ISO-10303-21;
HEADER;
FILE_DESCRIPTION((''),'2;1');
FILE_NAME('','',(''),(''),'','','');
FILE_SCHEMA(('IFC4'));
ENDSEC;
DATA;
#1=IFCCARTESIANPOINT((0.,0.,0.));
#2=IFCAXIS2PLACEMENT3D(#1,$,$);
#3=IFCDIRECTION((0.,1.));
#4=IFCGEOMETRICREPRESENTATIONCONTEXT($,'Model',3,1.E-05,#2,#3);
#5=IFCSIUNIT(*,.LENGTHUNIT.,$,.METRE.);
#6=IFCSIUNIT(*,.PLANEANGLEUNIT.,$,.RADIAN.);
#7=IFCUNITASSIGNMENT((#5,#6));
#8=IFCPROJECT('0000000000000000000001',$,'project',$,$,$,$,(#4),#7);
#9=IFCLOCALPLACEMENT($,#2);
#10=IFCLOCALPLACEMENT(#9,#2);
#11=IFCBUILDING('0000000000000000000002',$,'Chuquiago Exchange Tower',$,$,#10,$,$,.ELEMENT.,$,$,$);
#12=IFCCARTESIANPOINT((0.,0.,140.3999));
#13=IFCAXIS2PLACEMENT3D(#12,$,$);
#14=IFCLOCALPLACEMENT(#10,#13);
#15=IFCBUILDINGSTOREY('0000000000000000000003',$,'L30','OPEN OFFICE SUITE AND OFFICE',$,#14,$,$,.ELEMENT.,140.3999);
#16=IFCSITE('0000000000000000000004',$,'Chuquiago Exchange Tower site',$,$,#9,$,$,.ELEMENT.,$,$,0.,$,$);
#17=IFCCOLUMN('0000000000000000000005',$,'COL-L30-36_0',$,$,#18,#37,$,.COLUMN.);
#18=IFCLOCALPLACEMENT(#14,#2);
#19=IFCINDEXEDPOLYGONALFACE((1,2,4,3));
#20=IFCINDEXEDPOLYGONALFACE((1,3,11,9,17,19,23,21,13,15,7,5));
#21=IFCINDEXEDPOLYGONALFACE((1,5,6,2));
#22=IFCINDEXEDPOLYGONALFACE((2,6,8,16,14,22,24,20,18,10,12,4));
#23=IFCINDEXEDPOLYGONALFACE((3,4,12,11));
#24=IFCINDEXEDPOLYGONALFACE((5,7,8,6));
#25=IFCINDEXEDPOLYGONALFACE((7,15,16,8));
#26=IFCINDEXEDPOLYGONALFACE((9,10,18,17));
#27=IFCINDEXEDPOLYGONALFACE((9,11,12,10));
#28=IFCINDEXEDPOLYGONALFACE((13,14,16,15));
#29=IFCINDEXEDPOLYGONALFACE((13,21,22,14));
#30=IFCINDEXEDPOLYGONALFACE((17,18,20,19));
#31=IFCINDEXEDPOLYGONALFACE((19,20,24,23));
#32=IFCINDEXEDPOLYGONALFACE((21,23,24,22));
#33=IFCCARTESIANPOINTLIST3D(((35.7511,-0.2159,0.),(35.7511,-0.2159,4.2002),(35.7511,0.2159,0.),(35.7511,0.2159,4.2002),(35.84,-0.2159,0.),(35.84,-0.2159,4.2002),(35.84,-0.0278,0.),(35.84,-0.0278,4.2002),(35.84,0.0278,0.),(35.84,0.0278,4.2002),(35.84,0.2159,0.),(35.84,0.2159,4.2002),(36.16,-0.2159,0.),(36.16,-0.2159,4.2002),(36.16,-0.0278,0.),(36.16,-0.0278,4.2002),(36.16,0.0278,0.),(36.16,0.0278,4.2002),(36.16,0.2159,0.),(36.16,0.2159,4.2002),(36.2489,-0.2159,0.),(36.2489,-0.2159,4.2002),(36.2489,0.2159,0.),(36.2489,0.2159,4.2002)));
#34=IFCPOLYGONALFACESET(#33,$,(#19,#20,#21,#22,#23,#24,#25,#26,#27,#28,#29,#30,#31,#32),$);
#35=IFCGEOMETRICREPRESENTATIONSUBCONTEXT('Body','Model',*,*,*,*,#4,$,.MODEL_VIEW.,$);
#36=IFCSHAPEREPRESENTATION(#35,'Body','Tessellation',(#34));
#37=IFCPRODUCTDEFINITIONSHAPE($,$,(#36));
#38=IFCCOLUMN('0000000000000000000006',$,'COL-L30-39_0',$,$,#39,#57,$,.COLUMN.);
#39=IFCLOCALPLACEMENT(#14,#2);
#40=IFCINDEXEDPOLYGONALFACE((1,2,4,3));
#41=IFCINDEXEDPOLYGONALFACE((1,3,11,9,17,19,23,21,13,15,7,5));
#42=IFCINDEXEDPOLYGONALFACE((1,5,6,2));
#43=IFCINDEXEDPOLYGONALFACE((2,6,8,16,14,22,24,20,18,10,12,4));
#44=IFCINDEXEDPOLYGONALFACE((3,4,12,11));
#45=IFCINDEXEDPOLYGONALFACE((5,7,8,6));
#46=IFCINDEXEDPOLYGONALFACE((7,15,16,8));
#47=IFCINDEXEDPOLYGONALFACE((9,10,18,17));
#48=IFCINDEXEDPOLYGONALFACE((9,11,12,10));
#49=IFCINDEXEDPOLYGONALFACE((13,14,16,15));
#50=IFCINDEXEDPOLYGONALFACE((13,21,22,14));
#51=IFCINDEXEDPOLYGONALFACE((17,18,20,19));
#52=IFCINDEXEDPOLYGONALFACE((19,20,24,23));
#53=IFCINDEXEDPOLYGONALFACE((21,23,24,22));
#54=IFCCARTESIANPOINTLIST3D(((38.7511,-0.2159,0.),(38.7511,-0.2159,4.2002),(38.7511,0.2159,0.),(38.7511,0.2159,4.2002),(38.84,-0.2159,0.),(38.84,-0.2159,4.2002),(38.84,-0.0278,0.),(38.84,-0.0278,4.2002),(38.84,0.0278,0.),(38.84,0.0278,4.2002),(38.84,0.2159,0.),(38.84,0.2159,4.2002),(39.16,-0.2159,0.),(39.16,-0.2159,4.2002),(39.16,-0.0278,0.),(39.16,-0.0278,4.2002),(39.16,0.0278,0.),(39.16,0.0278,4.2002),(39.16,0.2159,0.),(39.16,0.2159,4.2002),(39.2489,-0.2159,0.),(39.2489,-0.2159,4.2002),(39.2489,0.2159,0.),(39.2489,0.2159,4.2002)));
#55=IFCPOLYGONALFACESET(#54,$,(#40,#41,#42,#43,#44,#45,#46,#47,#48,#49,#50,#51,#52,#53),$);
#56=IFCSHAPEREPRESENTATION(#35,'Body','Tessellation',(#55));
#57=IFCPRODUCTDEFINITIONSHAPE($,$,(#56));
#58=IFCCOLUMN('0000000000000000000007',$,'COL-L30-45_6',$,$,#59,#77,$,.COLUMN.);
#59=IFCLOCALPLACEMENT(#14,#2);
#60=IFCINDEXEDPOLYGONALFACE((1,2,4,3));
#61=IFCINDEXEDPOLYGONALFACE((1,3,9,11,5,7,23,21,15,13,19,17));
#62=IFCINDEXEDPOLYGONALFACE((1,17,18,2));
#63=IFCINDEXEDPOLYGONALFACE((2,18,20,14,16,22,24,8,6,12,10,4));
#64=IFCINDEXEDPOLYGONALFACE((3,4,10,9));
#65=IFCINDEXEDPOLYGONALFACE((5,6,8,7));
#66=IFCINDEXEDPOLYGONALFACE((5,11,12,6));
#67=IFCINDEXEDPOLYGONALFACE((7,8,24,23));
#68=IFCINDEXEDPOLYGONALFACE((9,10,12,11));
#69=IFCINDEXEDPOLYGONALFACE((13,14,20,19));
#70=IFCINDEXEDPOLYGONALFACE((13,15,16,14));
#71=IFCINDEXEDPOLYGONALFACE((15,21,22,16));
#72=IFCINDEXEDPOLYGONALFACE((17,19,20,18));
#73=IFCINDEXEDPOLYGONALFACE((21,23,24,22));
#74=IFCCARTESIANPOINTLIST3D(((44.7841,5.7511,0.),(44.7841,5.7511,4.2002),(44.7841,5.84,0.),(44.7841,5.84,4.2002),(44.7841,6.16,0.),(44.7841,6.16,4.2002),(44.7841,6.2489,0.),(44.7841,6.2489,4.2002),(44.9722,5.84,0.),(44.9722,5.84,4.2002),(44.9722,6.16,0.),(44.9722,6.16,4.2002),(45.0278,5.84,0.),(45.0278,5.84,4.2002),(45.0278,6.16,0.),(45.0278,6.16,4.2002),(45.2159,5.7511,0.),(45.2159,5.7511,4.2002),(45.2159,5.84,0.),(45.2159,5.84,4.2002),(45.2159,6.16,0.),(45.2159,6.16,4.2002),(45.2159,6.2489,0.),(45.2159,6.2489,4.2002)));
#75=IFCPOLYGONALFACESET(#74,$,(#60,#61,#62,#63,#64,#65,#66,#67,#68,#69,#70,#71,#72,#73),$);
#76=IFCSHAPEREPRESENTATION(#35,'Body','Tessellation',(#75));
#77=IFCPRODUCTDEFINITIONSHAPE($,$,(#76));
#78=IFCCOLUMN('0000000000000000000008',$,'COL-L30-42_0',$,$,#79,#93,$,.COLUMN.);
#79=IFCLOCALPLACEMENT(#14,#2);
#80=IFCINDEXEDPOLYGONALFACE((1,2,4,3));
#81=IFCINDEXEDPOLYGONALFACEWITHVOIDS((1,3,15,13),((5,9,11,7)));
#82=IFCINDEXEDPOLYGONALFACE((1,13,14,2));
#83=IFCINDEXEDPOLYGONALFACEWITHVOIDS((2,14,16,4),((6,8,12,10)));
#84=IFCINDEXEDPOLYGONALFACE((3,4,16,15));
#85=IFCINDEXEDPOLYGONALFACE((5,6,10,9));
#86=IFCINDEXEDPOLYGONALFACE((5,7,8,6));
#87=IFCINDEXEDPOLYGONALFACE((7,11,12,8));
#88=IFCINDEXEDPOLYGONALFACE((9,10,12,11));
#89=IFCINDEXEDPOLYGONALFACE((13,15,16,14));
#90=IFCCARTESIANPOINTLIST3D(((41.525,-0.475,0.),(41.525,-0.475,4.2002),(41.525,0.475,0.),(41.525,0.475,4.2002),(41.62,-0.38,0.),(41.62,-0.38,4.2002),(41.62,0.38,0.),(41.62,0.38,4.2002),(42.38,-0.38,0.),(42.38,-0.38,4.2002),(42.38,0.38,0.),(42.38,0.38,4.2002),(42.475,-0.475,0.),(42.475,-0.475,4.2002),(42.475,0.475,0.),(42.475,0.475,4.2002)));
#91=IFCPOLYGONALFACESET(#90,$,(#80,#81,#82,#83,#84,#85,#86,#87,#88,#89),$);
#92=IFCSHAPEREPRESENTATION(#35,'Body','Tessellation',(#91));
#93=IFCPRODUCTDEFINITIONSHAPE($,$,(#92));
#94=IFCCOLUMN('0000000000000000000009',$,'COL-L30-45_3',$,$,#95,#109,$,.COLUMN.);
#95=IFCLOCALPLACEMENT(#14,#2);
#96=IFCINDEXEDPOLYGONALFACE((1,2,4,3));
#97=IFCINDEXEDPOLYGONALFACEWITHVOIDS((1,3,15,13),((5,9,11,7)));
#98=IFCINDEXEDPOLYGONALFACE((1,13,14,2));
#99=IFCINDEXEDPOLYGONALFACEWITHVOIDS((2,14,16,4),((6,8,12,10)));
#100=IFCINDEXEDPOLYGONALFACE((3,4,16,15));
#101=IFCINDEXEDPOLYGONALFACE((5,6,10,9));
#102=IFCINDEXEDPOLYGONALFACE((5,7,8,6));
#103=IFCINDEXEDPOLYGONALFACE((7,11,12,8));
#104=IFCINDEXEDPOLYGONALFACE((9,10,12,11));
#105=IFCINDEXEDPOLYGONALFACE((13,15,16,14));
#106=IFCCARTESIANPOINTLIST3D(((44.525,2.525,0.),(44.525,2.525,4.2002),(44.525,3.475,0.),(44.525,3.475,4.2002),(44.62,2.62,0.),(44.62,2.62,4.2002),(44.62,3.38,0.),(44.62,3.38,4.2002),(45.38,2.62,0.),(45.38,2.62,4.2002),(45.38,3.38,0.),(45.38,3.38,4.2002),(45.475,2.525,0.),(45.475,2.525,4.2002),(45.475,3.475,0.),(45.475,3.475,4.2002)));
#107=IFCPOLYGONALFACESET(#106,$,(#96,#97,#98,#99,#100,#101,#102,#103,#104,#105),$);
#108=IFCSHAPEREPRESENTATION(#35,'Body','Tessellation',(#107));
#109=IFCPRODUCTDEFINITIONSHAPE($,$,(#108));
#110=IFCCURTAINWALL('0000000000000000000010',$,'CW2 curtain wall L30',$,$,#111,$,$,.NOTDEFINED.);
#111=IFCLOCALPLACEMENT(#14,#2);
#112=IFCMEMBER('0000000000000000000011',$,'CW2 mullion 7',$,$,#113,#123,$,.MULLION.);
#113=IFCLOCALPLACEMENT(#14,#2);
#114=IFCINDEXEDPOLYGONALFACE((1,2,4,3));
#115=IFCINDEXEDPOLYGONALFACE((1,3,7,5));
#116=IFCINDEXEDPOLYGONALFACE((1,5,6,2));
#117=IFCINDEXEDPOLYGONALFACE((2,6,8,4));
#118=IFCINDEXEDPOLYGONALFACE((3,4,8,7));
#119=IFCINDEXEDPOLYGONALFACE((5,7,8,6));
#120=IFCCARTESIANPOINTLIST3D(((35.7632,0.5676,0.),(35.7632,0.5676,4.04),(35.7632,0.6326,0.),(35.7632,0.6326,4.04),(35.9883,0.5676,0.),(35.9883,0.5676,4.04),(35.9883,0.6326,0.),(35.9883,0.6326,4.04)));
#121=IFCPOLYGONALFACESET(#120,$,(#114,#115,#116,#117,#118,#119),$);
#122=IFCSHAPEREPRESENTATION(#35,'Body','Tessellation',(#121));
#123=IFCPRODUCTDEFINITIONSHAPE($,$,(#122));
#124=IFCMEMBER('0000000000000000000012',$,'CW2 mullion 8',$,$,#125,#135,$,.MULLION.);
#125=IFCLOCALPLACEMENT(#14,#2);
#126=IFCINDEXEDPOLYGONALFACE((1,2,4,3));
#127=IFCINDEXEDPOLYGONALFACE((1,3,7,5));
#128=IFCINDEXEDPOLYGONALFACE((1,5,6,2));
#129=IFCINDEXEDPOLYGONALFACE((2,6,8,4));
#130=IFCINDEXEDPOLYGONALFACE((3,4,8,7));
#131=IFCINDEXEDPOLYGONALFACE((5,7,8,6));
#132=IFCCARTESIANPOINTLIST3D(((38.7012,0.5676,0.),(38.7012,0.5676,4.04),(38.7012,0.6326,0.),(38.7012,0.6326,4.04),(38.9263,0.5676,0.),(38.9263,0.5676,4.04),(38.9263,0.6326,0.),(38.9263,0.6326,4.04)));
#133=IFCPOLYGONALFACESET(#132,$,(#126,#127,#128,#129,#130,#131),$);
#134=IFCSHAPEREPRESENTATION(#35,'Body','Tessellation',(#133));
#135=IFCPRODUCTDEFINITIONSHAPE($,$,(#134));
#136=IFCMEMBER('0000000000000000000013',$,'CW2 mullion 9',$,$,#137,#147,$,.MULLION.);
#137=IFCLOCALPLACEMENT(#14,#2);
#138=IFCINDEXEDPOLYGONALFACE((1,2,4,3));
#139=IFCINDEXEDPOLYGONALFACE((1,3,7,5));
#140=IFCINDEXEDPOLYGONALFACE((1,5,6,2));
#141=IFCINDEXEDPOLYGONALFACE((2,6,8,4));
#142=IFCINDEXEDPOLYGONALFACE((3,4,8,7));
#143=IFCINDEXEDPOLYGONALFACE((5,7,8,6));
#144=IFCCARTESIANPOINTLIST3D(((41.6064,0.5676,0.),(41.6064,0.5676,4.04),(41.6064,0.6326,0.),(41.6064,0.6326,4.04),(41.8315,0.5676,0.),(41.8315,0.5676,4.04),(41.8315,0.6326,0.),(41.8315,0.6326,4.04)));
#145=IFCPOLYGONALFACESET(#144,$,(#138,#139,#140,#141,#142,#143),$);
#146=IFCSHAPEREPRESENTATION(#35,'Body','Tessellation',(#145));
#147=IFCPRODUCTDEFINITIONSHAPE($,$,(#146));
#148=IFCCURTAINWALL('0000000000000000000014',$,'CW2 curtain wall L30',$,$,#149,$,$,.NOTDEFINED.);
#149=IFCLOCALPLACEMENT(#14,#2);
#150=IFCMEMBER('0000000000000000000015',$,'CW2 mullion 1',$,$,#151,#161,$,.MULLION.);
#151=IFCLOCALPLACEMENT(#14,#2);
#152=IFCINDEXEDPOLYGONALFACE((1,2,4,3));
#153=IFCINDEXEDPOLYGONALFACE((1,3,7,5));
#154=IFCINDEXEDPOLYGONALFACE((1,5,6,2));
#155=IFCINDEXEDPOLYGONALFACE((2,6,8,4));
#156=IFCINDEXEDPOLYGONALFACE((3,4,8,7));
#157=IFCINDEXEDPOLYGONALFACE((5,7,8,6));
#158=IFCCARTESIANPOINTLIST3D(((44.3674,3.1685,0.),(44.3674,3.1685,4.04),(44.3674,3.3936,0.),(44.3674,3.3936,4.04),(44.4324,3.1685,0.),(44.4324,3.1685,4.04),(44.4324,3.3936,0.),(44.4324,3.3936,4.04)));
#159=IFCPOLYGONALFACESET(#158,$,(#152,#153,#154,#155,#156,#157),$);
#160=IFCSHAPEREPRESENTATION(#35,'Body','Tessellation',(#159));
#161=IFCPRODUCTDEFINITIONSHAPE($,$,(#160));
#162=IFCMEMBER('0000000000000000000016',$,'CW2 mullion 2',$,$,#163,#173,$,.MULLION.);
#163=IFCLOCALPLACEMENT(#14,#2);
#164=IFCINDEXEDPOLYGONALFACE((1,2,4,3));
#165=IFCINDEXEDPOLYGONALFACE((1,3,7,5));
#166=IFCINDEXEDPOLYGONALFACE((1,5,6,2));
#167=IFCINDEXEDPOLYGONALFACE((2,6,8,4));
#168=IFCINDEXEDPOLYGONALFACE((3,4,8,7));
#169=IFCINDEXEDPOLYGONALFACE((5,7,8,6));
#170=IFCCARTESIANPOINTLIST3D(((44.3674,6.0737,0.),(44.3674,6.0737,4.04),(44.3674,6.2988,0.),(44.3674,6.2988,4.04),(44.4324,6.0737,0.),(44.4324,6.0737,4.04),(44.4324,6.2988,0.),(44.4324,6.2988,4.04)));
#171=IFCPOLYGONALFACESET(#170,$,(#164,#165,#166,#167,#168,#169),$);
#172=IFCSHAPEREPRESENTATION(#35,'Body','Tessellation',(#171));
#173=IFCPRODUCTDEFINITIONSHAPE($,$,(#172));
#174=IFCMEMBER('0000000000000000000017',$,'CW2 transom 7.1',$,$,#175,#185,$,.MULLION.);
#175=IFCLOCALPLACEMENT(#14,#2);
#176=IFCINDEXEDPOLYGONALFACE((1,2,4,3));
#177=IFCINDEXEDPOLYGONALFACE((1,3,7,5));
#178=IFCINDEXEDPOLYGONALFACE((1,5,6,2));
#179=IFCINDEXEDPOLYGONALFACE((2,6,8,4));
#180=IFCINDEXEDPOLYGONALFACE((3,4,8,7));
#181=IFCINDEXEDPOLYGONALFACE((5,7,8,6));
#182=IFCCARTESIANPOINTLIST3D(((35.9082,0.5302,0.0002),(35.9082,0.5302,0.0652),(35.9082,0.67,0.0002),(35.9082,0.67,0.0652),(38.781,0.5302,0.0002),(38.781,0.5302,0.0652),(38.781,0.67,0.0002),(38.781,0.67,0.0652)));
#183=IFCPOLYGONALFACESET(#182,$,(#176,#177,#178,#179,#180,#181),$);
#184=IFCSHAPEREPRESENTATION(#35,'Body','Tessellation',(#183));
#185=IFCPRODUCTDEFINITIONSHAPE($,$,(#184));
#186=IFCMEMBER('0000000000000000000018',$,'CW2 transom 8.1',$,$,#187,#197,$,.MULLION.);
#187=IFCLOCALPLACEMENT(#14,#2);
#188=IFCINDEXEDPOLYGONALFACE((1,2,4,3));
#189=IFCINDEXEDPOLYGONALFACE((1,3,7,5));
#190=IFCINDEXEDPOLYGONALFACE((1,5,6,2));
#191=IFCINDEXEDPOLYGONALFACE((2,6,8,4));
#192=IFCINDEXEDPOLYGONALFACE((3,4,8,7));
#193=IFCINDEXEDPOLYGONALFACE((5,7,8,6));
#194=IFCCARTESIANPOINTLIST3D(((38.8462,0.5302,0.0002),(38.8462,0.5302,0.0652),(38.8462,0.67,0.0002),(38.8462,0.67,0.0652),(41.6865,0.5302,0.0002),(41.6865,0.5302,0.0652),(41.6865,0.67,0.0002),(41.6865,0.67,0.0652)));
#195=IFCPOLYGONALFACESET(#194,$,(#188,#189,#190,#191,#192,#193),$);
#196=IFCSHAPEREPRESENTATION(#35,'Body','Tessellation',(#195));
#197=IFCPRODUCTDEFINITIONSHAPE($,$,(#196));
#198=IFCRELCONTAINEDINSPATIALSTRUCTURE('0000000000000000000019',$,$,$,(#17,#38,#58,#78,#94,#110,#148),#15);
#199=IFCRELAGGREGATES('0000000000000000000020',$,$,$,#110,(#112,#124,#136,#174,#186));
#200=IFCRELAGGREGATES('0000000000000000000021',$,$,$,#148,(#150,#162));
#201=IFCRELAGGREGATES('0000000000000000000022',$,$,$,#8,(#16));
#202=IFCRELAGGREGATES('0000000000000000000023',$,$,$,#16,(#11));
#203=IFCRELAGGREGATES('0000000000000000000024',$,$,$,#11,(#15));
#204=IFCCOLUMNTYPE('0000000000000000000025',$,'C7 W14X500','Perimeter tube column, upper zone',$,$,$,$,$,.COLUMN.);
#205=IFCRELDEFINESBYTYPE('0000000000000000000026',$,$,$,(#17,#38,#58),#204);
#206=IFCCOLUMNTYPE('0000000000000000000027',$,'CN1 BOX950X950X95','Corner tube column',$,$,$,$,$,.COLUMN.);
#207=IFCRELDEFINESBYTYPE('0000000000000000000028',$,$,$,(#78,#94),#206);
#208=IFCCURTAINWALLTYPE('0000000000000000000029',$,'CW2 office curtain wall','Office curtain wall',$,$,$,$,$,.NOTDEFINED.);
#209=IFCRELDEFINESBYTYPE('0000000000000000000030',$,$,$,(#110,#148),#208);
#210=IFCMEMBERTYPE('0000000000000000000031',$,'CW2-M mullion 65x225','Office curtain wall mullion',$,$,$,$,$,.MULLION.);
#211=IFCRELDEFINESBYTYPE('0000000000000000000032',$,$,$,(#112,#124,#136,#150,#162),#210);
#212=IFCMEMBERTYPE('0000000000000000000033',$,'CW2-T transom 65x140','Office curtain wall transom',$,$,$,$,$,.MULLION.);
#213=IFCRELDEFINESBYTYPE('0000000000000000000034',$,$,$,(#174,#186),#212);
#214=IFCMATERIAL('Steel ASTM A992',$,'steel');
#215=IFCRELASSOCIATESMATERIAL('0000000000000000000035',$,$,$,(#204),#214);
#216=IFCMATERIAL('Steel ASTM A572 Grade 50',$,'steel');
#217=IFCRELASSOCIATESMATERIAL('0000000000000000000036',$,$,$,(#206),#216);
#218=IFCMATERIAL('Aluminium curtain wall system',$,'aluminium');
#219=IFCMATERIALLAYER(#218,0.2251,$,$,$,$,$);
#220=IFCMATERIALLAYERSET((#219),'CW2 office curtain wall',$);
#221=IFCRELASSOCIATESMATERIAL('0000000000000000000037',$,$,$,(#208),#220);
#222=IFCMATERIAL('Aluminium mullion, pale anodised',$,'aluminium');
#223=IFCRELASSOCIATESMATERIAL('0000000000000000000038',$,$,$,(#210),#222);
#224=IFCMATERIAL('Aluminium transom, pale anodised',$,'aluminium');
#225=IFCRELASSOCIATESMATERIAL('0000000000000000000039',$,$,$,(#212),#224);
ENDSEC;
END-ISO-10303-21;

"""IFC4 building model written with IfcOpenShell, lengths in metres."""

from ifc_helpers import new_model, si_unit, direction, frame, origin, origin_2d, place, context, subcontext, project, spatial, rectangle, hollow_rectangle, i_section, extrude, material, layer, layer_set, material_profile, profile_set, type_object, element, aggregate, save


model = new_model("IFC4")

# Units and contexts
model_context = context("Model", 3, precision=1e-05, world=origin(), true_north=direction((0.0, 1.0)))
body_context = subcontext(model_context, "Body", "Model", "MODEL_VIEW")
ifc_project = project(units=[si_unit("LENGTHUNIT", "METRE"), si_unit("PLANEANGLEUNIT", "RADIAN")], contexts=[model_context])

# Site, building, storey
site_placement = place(None, origin())
site = spatial("IfcSite", under=ifc_project, at=site_placement, Name="Chuquiago Exchange Tower site", CompositionType="ELEMENT", RefElevation=0.0)
building_placement = place(site_placement, origin())
building = spatial("IfcBuilding", under=site, at=building_placement, Name="Chuquiago Exchange Tower", CompositionType="ELEMENT")
storey_placement = place(building_placement, frame((0.0, 0.0, 140.3999)))
storey = spatial("IfcBuildingStorey", under=building, at=storey_placement, Name="L30", Description="OPEN OFFICE SUITE AND OFFICE", CompositionType="ELEMENT", Elevation=140.3999)

# Columns
ifc_material_1 = material(Name="Steel ASTM A992", Category="steel")
ifc_material_profile_1 = material_profile(ifc_material_1, i_section(OverallWidth=0.4319, OverallDepth=0.4978, WebThickness=0.0557, FlangeThickness=0.0889, at=origin_2d()), Name="W14X500")
ifc_profile_set_1 = profile_set([ifc_material_profile_1], Name="Steel ASTM A992")
column_type_1 = type_object("IfcColumnType", Name="C7 W14X500", Description="Perimeter tube column, upper zone", PredefinedType="COLUMN", material=ifc_profile_set_1)
for number, where, z_axis, x_axis, name in (
    (1, (36.0, 0.0, 0.0), (0.0, 0.0, 1.0), (0.0, -1.0, 0.0), "COL-L30-36_0"),
    (2, (39.0, 0.0, 0.0), (0.0, 0.0, 1.0), (0.0, -1.0, 0.0), "COL-L30-39_0"),
    (3, (45.0, 6.0, 0.0), (0.0, 0.0, 1.0), (1.0, 0.0, 0.0), "COL-L30-45_6"),
):
    element("IfcColumn", number, at=place(storey_placement, frame(where, z_axis=z_axis, x_axis=x_axis)), inside=storey, type_object=column_type_1, Name=name, PredefinedType="COLUMN", context=body_context, shape_type="SweptSolid", body=[
        extrude(i_section(OverallWidth=0.4319, OverallDepth=0.4978, WebThickness=0.0557, FlangeThickness=0.0889, at=origin_2d()), origin(), (0.0, 0.0, 1.0), 4.2002),
    ])
ifc_material_2 = material(Name="Steel ASTM A572 Grade 50", Category="steel")
ifc_material_profile_2 = material_profile(ifc_material_2, hollow_rectangle(XDim=0.95, YDim=0.95, WallThickness=0.095, at=origin_2d()), Name="BOX950X950X95")
ifc_profile_set_2 = profile_set([ifc_material_profile_2], Name="Steel ASTM A572 Grade 50")
column_type_2 = type_object("IfcColumnType", Name="CN1 BOX950X950X95", Description="Corner tube column", PredefinedType="COLUMN", material=ifc_profile_set_2)
for number, where, z_axis, x_axis, name in (
    (4, (42.0, 0.0, 0.0), (0.0, 0.0, 1.0), (0.0, -1.0, 0.0), "COL-L30-42_0"),
    (5, (45.0, 3.0, 0.0), (0.0, 0.0, 1.0), (1.0, 0.0, 0.0), "COL-L30-45_3"),
):
    element("IfcColumn", number, at=place(storey_placement, frame(where, z_axis=z_axis, x_axis=x_axis)), inside=storey, type_object=column_type_2, Name=name, PredefinedType="COLUMN", context=body_context, shape_type="SweptSolid", body=[
        extrude(hollow_rectangle(XDim=0.95, YDim=0.95, WallThickness=0.095, at=origin_2d()), origin(), (0.0, 0.0, 1.0), 4.2002),
    ])

# Curtain walls, members
ifc_material_3 = material(Name="Aluminium curtain wall system", Category="aluminium")
ifc_layer_1 = layer(ifc_material_3, 0.2251)
ifc_layer_set_1 = layer_set([ifc_layer_1], Name="CW2 office curtain wall")
curtain_wall_type_1 = type_object("IfcCurtainWallType", Name="CW2 office curtain wall", Description="Office curtain wall", PredefinedType="NOTDEFINED", material=ifc_layer_set_1)
curtain_wall_1_placement = place(storey_placement, origin())
curtain_wall_1 = element("IfcCurtainWall", 6, at=curtain_wall_1_placement, inside=storey, type_object=curtain_wall_type_1, Name="CW2 curtain wall L30", PredefinedType="NOTDEFINED")
ifc_material_4 = material(Name="Aluminium mullion, pale anodised", Category="aluminium")
ifc_material_profile_3 = material_profile(ifc_material_4, rectangle(XDim=0.0649, YDim=0.2251, at=origin_2d()), Name="AL 65x225")
ifc_profile_set_3 = profile_set([ifc_material_profile_3], Name="Aluminium mullion, pale anodised")
member_type_1 = type_object("IfcMemberType", Name="CW2-M mullion 65x225", Description="Office curtain wall mullion", PredefinedType="MULLION", material=ifc_profile_set_3)
member_1_placement = place(storey_placement, frame((35.8757, 0.6001, 0.0), z_axis=(0.0, 0.0, 1.0), x_axis=(0.0, 1.0, 0.0)))
member_1 = element("IfcMember", 7, at=member_1_placement, type_object=member_type_1, Name="CW2 mullion 7", PredefinedType="MULLION", context=body_context, shape_type="SweptSolid", body=[
    extrude(rectangle(XDim=0.0649, YDim=0.2251, at=origin_2d()), origin(), (0.0, 0.0, 1.0), 4.04),
])
member_2_placement = place(storey_placement, frame((38.8137, 0.6001, 0.0), z_axis=(0.0, 0.0, 1.0), x_axis=(0.0, 1.0, 0.0)))
member_2 = element("IfcMember", 8, at=member_2_placement, type_object=member_type_1, Name="CW2 mullion 8", PredefinedType="MULLION", context=body_context, shape_type="SweptSolid", body=[
    extrude(rectangle(XDim=0.0649, YDim=0.2251, at=origin_2d()), origin(), (0.0, 0.0, 1.0), 4.04),
])
member_3_placement = place(storey_placement, frame((41.719, 0.6001, 0.0), z_axis=(0.0, 0.0, 1.0), x_axis=(0.0, 1.0, 0.0)))
member_3 = element("IfcMember", 9, at=member_3_placement, type_object=member_type_1, Name="CW2 mullion 9", PredefinedType="MULLION", context=body_context, shape_type="SweptSolid", body=[
    extrude(rectangle(XDim=0.0649, YDim=0.2251, at=origin_2d()), origin(), (0.0, 0.0, 1.0), 4.04),
])
curtain_wall_2_placement = place(storey_placement, origin())
curtain_wall_2 = element("IfcCurtainWall", 10, at=curtain_wall_2_placement, inside=storey, type_object=curtain_wall_type_1, Name="CW2 curtain wall L30", PredefinedType="NOTDEFINED")
member_4_placement = place(storey_placement, frame((44.3999, 3.281, 0.0), z_axis=(0.0, 0.0, 1.0), x_axis=(-1.0, 0.0, 0.0)))
member_4 = element("IfcMember", 11, at=member_4_placement, type_object=member_type_1, Name="CW2 mullion 1", PredefinedType="MULLION", context=body_context, shape_type="SweptSolid", body=[
    extrude(rectangle(XDim=0.0649, YDim=0.2251, at=origin_2d()), origin(), (0.0, 0.0, 1.0), 4.04),
])
member_5_placement = place(storey_placement, frame((44.3999, 6.1863, 0.0), z_axis=(0.0, 0.0, 1.0), x_axis=(-1.0, 0.0, 0.0)))
member_5 = element("IfcMember", 12, at=member_5_placement, type_object=member_type_1, Name="CW2 mullion 2", PredefinedType="MULLION", context=body_context, shape_type="SweptSolid", body=[
    extrude(rectangle(XDim=0.0649, YDim=0.2251, at=origin_2d()), origin(), (0.0, 0.0, 1.0), 4.04),
])

# Members
ifc_material_5 = material(Name="Aluminium transom, pale anodised", Category="aluminium")
ifc_material_profile_4 = material_profile(ifc_material_5, rectangle(XDim=0.1399, YDim=0.0649, at=origin_2d()), Name="AL 140x65")
ifc_profile_set_4 = profile_set([ifc_material_profile_4], Name="Aluminium transom, pale anodised")
member_type_2 = type_object("IfcMemberType", Name="CW2-T transom 65x140", Description="Office curtain wall transom", PredefinedType="MULLION", material=ifc_profile_set_4)
member_6_placement = place(storey_placement, frame((35.9082, 0.6001, 0.0327), z_axis=(1.0, 0.0, 0.0), x_axis=(0.0, 1.0, 0.0)))
member_6 = element("IfcMember", 13, at=member_6_placement, type_object=member_type_2, Name="CW2 transom 7.1", PredefinedType="MULLION", context=body_context, shape_type="SweptSolid", body=[
    extrude(rectangle(XDim=0.1399, YDim=0.0649, at=origin_2d()), origin(), (0.0, 0.0, 1.0), 2.8728),
])
member_7_placement = place(storey_placement, frame((38.8462, 0.6001, 0.0327), z_axis=(1.0, 0.0, 0.0), x_axis=(0.0, 1.0, 0.0)))
member_7 = element("IfcMember", 14, at=member_7_placement, type_object=member_type_2, Name="CW2 transom 8.1", PredefinedType="MULLION", context=body_context, shape_type="SweptSolid", body=[
    extrude(rectangle(XDim=0.1399, YDim=0.0649, at=origin_2d()), origin(), (0.0, 0.0, 1.0), 2.8403),
])

aggregate(curtain_wall_1, [member_1, member_2, member_3, member_6, member_7])
aggregate(curtain_wall_2, [member_4, member_5])

save(model, "model.ifc")
